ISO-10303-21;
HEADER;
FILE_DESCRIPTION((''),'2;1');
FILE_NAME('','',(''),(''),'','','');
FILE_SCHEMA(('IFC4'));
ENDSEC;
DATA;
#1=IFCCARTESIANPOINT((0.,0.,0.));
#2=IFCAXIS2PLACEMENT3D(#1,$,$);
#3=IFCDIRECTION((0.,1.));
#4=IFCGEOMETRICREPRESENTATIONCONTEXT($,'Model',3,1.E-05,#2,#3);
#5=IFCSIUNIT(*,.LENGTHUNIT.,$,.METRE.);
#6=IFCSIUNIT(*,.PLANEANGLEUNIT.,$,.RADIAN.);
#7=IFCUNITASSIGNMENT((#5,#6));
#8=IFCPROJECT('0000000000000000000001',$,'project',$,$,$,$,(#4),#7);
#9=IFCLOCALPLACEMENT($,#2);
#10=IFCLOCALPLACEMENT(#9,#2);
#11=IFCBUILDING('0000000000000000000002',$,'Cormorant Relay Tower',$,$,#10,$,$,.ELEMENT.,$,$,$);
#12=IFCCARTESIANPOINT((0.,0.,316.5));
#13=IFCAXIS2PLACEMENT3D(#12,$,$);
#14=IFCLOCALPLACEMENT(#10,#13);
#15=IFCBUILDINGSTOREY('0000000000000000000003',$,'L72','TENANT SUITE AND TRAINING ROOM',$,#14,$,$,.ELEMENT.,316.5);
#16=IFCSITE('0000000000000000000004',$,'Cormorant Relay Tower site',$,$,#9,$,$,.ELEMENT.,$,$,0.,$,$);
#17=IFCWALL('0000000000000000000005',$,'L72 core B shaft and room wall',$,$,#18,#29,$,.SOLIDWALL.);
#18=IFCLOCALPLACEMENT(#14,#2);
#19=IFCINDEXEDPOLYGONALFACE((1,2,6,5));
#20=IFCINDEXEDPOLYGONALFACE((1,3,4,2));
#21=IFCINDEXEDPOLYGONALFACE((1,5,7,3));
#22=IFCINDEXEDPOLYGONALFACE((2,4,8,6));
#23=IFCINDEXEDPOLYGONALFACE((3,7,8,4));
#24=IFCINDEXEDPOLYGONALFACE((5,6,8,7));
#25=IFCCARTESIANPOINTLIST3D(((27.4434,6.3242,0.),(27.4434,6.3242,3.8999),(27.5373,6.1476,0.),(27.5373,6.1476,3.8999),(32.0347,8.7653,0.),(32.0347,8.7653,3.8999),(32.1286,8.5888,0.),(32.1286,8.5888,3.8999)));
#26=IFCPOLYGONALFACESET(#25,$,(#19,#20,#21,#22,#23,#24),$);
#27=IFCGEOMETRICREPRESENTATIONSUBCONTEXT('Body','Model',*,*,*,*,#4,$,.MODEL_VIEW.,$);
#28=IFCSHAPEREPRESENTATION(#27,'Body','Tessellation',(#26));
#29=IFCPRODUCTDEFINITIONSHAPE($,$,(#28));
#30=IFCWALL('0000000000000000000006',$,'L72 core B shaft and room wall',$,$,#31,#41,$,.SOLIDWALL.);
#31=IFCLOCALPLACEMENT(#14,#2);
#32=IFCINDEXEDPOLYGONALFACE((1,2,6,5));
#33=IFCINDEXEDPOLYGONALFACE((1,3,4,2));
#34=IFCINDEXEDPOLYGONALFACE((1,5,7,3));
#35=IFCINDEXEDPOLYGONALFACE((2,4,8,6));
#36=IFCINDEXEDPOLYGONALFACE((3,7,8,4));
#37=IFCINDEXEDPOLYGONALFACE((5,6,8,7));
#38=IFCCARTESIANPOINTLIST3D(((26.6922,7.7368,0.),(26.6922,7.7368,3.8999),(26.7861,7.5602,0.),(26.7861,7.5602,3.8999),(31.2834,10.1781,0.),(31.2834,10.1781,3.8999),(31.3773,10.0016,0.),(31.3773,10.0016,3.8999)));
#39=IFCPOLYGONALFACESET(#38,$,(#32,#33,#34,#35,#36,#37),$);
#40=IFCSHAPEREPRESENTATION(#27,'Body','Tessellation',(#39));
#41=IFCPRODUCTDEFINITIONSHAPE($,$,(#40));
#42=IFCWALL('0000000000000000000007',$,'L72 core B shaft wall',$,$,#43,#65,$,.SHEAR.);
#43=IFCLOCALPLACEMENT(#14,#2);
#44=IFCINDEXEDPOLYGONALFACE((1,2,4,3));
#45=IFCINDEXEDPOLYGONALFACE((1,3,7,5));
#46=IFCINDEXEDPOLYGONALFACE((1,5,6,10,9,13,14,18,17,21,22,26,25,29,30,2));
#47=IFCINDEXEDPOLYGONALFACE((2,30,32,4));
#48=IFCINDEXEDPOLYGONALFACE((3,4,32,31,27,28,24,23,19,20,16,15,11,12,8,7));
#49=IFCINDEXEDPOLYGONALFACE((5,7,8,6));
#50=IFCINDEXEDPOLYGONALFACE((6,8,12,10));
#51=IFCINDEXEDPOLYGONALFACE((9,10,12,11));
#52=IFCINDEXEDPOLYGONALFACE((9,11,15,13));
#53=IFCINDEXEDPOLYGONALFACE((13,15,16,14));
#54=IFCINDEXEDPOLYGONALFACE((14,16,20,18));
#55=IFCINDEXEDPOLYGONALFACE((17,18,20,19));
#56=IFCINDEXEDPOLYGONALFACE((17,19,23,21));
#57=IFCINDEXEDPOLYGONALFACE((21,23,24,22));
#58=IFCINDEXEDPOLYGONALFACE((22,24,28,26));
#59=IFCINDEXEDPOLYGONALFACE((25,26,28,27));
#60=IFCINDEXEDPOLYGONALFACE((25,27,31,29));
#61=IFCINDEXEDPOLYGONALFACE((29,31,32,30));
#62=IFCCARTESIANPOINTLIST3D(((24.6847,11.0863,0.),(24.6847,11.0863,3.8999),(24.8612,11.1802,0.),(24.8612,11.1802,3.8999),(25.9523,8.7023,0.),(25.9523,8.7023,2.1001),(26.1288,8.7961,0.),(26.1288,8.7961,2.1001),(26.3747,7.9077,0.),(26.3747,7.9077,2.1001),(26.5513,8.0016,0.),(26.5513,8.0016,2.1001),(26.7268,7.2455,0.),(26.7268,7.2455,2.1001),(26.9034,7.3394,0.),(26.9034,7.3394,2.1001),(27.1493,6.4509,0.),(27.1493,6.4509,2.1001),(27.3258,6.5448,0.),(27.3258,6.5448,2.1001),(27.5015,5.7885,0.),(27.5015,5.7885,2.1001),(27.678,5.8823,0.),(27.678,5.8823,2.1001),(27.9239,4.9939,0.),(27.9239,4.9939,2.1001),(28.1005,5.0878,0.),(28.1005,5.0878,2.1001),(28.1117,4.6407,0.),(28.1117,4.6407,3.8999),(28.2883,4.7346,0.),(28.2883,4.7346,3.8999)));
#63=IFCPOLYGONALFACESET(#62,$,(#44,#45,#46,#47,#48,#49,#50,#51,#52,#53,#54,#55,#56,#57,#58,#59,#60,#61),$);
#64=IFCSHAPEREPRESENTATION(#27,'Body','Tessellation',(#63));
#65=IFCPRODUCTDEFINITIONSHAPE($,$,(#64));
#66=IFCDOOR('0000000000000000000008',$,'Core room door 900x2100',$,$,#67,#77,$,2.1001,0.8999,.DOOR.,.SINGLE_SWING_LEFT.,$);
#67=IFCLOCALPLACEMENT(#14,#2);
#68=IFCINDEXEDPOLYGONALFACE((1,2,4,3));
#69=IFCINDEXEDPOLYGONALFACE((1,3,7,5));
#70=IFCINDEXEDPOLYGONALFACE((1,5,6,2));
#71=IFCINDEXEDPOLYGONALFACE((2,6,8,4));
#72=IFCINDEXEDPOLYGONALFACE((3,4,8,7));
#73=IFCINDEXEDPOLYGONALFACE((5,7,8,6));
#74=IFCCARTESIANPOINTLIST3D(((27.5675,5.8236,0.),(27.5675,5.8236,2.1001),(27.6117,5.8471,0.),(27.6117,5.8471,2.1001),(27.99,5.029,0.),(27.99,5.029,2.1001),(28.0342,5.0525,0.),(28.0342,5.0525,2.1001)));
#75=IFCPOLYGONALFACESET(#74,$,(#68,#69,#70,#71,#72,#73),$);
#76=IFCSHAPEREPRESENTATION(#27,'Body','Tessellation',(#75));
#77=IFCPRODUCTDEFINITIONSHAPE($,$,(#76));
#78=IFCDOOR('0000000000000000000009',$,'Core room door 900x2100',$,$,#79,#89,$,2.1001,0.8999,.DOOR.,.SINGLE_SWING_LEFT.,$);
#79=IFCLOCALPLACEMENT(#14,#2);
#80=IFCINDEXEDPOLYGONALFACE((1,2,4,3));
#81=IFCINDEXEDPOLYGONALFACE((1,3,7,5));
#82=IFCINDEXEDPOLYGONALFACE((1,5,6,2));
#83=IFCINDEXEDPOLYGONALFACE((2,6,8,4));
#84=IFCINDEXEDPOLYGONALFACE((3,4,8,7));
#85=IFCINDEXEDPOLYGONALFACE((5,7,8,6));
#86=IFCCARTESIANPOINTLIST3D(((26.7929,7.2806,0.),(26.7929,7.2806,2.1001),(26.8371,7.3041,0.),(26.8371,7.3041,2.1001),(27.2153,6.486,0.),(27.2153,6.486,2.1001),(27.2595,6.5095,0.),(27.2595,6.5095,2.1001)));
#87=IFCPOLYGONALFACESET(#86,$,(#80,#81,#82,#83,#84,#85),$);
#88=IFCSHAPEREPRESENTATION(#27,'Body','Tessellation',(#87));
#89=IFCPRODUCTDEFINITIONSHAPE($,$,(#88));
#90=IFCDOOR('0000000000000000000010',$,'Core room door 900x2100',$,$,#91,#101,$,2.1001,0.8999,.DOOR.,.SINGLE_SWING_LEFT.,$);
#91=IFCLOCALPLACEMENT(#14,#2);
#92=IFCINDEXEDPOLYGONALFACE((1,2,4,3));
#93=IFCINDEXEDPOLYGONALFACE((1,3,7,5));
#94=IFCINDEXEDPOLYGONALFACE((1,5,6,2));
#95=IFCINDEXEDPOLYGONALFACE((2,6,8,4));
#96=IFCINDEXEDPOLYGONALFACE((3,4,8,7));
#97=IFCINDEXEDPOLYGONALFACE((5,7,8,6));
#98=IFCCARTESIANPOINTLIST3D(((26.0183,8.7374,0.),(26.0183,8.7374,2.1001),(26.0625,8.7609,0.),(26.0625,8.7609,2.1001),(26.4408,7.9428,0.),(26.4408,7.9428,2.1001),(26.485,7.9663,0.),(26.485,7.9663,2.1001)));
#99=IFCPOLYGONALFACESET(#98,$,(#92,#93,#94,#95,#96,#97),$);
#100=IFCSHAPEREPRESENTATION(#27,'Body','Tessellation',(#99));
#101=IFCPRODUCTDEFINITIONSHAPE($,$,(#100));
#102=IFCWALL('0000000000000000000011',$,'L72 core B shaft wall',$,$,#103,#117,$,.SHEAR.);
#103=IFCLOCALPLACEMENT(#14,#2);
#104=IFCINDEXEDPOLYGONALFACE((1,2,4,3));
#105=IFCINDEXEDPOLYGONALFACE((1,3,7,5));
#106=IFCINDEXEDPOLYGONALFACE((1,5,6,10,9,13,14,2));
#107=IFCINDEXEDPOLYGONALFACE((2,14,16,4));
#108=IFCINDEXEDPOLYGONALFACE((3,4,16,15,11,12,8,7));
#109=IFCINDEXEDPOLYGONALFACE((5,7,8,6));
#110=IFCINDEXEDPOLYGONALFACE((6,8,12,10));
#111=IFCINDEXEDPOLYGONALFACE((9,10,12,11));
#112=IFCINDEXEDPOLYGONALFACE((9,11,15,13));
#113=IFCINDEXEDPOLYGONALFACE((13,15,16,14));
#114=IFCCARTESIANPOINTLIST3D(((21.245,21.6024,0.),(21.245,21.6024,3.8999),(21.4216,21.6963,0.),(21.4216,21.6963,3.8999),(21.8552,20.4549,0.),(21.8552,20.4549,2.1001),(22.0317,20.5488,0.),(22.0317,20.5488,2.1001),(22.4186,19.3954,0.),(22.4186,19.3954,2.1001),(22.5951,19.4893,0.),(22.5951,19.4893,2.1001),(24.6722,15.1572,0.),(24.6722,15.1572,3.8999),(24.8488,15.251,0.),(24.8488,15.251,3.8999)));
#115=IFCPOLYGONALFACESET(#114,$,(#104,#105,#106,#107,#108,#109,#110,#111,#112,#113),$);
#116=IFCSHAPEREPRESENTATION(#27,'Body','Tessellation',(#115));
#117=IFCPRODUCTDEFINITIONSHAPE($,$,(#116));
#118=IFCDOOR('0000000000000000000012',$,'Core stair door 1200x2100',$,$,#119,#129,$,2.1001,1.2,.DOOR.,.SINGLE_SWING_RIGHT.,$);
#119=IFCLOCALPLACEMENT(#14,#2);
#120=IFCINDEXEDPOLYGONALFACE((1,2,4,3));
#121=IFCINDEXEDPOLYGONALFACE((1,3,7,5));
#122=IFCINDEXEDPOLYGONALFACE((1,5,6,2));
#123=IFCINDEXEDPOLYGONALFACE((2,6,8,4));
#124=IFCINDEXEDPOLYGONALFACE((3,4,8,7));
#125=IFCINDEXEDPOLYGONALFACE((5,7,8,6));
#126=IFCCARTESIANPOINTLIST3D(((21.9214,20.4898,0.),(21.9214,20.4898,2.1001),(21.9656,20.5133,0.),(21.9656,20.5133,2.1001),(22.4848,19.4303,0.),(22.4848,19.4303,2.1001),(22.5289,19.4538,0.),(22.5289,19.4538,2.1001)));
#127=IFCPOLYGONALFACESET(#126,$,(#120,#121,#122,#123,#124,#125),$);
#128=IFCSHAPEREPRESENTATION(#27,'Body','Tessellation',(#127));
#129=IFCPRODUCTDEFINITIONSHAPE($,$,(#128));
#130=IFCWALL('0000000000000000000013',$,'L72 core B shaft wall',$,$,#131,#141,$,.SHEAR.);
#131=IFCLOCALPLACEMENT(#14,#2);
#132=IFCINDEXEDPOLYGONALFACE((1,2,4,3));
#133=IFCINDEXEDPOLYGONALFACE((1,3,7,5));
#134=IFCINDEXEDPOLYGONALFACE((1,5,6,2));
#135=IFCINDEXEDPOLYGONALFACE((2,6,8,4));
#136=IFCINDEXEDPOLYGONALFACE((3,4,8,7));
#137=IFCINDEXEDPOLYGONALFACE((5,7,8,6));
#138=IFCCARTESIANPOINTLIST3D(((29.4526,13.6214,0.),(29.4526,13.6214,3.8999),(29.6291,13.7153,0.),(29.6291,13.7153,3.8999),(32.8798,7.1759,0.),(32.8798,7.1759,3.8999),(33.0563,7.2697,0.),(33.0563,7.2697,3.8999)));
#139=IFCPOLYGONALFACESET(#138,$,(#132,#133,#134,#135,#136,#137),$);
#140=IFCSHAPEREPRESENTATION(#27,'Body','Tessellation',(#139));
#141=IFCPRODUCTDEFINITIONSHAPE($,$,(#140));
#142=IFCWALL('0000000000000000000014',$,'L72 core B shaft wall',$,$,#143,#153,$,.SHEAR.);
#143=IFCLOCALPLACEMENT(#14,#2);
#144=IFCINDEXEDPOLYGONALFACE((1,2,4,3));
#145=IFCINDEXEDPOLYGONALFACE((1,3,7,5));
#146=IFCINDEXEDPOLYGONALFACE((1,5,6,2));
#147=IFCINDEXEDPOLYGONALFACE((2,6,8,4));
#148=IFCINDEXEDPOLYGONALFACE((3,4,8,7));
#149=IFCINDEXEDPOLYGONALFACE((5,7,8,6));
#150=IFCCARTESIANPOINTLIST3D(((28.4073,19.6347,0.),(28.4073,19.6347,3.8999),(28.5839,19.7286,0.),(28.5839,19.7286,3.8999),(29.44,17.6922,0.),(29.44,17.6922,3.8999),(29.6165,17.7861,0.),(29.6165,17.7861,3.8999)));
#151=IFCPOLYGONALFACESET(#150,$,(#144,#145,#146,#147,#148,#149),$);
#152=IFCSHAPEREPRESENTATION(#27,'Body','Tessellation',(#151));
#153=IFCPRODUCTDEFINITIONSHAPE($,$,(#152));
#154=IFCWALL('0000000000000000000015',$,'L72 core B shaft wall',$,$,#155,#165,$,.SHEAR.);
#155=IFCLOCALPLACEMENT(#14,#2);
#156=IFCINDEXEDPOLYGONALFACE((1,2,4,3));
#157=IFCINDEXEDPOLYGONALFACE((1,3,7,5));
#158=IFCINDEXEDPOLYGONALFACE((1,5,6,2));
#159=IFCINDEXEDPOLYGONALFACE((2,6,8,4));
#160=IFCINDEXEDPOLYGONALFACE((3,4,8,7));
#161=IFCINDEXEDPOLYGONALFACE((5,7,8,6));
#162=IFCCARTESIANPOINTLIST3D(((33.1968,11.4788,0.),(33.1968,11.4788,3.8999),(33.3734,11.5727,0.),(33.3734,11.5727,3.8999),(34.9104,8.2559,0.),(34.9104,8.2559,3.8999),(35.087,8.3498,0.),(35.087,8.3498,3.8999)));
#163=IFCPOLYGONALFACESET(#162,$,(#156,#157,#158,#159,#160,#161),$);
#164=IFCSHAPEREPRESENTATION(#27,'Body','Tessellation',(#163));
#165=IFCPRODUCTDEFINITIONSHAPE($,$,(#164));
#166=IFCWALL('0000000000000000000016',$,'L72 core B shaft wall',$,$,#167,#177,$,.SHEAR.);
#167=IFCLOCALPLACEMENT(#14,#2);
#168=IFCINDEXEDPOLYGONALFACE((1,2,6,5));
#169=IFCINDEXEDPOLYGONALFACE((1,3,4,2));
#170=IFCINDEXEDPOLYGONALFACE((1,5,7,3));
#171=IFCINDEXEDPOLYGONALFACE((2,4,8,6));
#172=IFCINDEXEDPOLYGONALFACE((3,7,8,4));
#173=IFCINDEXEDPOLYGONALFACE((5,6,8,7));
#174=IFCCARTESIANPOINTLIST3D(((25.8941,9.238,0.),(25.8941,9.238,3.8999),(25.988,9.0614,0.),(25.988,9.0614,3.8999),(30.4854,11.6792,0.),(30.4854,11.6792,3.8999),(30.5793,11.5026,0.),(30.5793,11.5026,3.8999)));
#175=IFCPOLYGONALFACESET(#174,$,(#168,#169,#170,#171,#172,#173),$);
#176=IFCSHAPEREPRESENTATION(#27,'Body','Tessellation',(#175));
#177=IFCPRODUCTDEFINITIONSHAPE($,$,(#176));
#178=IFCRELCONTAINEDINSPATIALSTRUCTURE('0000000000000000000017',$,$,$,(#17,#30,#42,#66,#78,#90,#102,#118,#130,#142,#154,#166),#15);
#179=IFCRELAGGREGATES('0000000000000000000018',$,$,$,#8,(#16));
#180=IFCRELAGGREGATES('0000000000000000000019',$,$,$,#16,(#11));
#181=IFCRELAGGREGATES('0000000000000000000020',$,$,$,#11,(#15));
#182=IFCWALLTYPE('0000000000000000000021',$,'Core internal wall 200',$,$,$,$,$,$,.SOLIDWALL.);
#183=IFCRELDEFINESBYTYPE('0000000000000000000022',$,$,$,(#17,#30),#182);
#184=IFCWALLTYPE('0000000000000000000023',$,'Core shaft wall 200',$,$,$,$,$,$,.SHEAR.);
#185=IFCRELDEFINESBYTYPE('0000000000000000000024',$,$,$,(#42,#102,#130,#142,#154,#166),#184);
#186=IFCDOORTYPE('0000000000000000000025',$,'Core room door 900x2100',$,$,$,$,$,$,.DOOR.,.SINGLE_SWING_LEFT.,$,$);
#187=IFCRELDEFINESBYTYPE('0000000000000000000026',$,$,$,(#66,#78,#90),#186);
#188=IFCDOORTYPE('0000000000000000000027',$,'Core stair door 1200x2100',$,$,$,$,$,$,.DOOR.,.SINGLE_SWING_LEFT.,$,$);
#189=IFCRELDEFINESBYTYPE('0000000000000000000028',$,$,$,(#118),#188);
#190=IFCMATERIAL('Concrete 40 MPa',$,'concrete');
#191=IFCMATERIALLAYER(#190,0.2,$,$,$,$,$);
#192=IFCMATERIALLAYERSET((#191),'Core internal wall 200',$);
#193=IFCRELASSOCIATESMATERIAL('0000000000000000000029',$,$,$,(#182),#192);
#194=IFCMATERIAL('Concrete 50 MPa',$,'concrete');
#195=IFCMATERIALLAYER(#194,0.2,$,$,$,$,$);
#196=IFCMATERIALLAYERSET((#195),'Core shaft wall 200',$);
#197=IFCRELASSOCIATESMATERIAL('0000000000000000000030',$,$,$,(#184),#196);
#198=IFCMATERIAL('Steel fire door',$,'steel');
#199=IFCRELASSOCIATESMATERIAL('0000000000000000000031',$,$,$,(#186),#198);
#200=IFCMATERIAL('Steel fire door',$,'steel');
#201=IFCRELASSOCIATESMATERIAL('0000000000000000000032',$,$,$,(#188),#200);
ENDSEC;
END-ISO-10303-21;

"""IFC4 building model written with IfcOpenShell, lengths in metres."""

from ifc_helpers import new_model, si_unit, direction, frame, frame_2d, origin, place, context, subcontext, project, spatial, rectangle, extrude, material, layer, layer_set, type_object, element, fill, save


model = new_model("IFC4")

# Units and contexts
model_context = context("Model", 3, precision=1e-05, world=origin(), true_north=direction((0.0, 1.0)))
body_context = subcontext(model_context, "Body", "Model", "MODEL_VIEW")
ifc_project = project(units=[si_unit("LENGTHUNIT", "METRE"), si_unit("PLANEANGLEUNIT", "RADIAN")], contexts=[model_context])

# Site, building, storey
site_placement = place(None, origin())
site = spatial("IfcSite", under=ifc_project, at=site_placement, Name="Cormorant Relay Tower site", CompositionType="ELEMENT", RefElevation=0.0)
building_placement = place(site_placement, origin())
building = spatial("IfcBuilding", under=site, at=building_placement, Name="Cormorant Relay Tower", CompositionType="ELEMENT")
storey_placement = place(building_placement, frame((0.0, 0.0, 316.5)))
storey = spatial("IfcBuildingStorey", under=building, at=storey_placement, Name="L72", Description="TENANT SUITE AND TRAINING ROOM", CompositionType="ELEMENT", Elevation=316.5)

# Walls
ifc_material_1 = material(Name="Concrete 40 MPa", Category="concrete")
ifc_layer_1 = layer(ifc_material_1, 0.2)
ifc_layer_set_1 = layer_set([ifc_layer_1], Name="Core internal wall 200")
wall_type_1 = type_object("IfcWallType", Name="Core internal wall 200", PredefinedType="SOLIDWALL", material=ifc_layer_set_1)
for number, where, z_axis, x_axis, name in (
    (1, (27.4902, 6.2358, 0.0), (0.0, 0.0, 1.0), (0.882954, 0.46946, 0.0), "L72 core B shaft and room wall"),
    (2, (26.739, 7.6484, 0.0), (0.0, 0.0, 1.0), (0.882935, 0.469496, 0.0), "L72 core B shaft and room wall"),
):
    element("IfcWall", number, at=place(storey_placement, frame(where, z_axis=z_axis, x_axis=x_axis)), inside=storey, type_object=wall_type_1, Name=name, PredefinedType="SOLIDWALL", context=body_context, shape_type="SweptSolid", body=[
        extrude(rectangle(XDim=5.2, YDim=0.2, at=frame_2d((2.6001, 0.0))), origin(), (0.0, 0.0, 1.0), 3.8999),
    ])

# Wall, openings, doors
ifc_material_2 = material(Name="Concrete 50 MPa", Category="concrete")
ifc_layer_2 = layer(ifc_material_2, 0.2)
ifc_layer_set_2 = layer_set([ifc_layer_2], Name="Core shaft wall 200")
wall_type_2 = type_object("IfcWallType", Name="Core shaft wall 200", PredefinedType="SHEAR", material=ifc_layer_set_2)
wall_1_placement = place(storey_placement, frame((28.2, 4.6877, 0.0), z_axis=(0.0, 0.0, 1.0), x_axis=(-0.469454, 0.882957, 0.0)))
wall_1 = element("IfcWall", 3, at=wall_1_placement, inside=storey, type_object=wall_type_2, Name="L72 core B shaft wall", PredefinedType="SHEAR", context=body_context, shape_type="SweptSolid", body=[
    extrude(rectangle(XDim=7.3, YDim=0.2, at=frame_2d((3.6499, 0.0))), origin(), (0.0, 0.0, 1.0), 3.8999),
])
opening_1_placement = place(wall_1_placement, frame((0.3999, 0.0, 0.0)))
opening_1 = element("IfcOpeningElement", 4, at=opening_1_placement, cuts=wall_1, PredefinedType="OPENING", context=body_context, shape_type="SweptSolid", body=[
    extrude(rectangle(XDim=0.8999, YDim=2.1001, at=frame_2d((0.45, 1.05))), frame((0.0, 0.1099, 0.0), z_axis=(0.0, -1.0, 0.0), x_axis=(1.0, 0.0, 0.0)), (0.0, 0.0, 1.0), 0.22),
])
opening_2_placement = place(wall_1_placement, frame((2.05, 0.0, 0.0)))
opening_2 = element("IfcOpeningElement", 5, at=opening_2_placement, cuts=wall_1, PredefinedType="OPENING", context=body_context, shape_type="SweptSolid", body=[
    extrude(rectangle(XDim=0.8999, YDim=2.1001, at=frame_2d((0.45, 1.05))), frame((0.0, 0.1099, 0.0), z_axis=(0.0, -1.0, 0.0), x_axis=(1.0, 0.0, 0.0)), (0.0, 0.0, 1.0), 0.22),
])
opening_3_placement = place(wall_1_placement, frame((3.7, 0.0, 0.0)))
opening_3 = element("IfcOpeningElement", 6, at=opening_3_placement, cuts=wall_1, PredefinedType="OPENING", context=body_context, shape_type="SweptSolid", body=[
    extrude(rectangle(XDim=0.8999, YDim=2.1001, at=frame_2d((0.45, 1.05))), frame((0.0, 0.1099, 0.0), z_axis=(0.0, -1.0, 0.0), x_axis=(1.0, 0.0, 0.0)), (0.0, 0.0, 1.0), 0.22),
])
ifc_material_3 = material(Name="Steel fire door", Category="steel")
door_type_1 = type_object("IfcDoorType", Name="Core room door 900x2100", OperationType="SINGLE_SWING_LEFT", PredefinedType="DOOR", material=ifc_material_3)
door_1_placement = place(opening_1_placement, frame((0.8999, 0.0, 0.0), z_axis=(0.0, 0.0, 1.0), x_axis=(-1.0, 0.0, 0.0)))
door_1 = element("IfcDoor", 7, at=door_1_placement, inside=storey, type_object=door_type_1, Name="Core room door 900x2100", OperationType="SINGLE_SWING_LEFT", OverallHeight=2.1001, OverallWidth=0.8999, PredefinedType="DOOR", context=body_context, shape_type="SweptSolid", body=[
    extrude(rectangle(XDim=0.8999, YDim=2.1001, at=frame_2d((0.45, 1.05))), frame((0.0, 0.0249, 0.0), z_axis=(0.0, -1.0, 0.0), x_axis=(1.0, 0.0, 0.0)), (0.0, 0.0, 1.0), 0.05),
])
fill(opening_1, door_1)
door_2_placement = place(opening_2_placement, frame((0.8999, 0.0, 0.0), z_axis=(0.0, 0.0, 1.0), x_axis=(-1.0, 0.0, 0.0)))
door_2 = element("IfcDoor", 8, at=door_2_placement, inside=storey, type_object=door_type_1, Name="Core room door 900x2100", OperationType="SINGLE_SWING_LEFT", OverallHeight=2.1001, OverallWidth=0.8999, PredefinedType="DOOR", context=body_context, shape_type="SweptSolid", body=[
    extrude(rectangle(XDim=0.8999, YDim=2.1001, at=frame_2d((0.45, 1.05))), frame((0.0, 0.0249, 0.0), z_axis=(0.0, -1.0, 0.0), x_axis=(1.0, 0.0, 0.0)), (0.0, 0.0, 1.0), 0.05),
])
fill(opening_2, door_2)
door_3_placement = place(opening_3_placement, frame((0.8999, 0.0, 0.0), z_axis=(0.0, 0.0, 1.0), x_axis=(-1.0, 0.0, 0.0)))
door_3 = element("IfcDoor", 9, at=door_3_placement, inside=storey, type_object=door_type_1, Name="Core room door 900x2100", OperationType="SINGLE_SWING_LEFT", OverallHeight=2.1001, OverallWidth=0.8999, PredefinedType="DOOR", context=body_context, shape_type="SweptSolid", body=[
    extrude(rectangle(XDim=0.8999, YDim=2.1001, at=frame_2d((0.45, 1.05))), frame((0.0, 0.0249, 0.0), z_axis=(0.0, -1.0, 0.0), x_axis=(1.0, 0.0, 0.0)), (0.0, 0.0, 1.0), 0.05),
])
fill(opening_3, door_3)

# Wall, opening, door
wall_2_placement = place(storey_placement, frame((24.7605, 15.2041, 0.0), z_axis=(0.0, 0.0, 1.0), x_axis=(-0.469494, 0.882936, 0.0)))
wall_2 = element("IfcWall", 10, at=wall_2_placement, inside=storey, type_object=wall_type_2, Name="L72 core B shaft wall", PredefinedType="SHEAR", context=body_context, shape_type="SweptSolid", body=[
    extrude(rectangle(XDim=7.2998, YDim=0.2, at=frame_2d((3.6499, 0.0))), origin(), (0.0, 0.0, 1.0), 3.8999),
])
opening_4_placement = place(wall_2_placement, frame((4.8, 0.0, 0.0)))
opening_4 = element("IfcOpeningElement", 11, at=opening_4_placement, cuts=wall_2, PredefinedType="OPENING", context=body_context, shape_type="SweptSolid", body=[
    extrude(rectangle(XDim=1.2, YDim=2.1001, at=frame_2d((0.6001, 1.05))), frame((0.0, 0.1099, 0.0), z_axis=(0.0, -1.0, 0.0), x_axis=(1.0, 0.0, 0.0)), (0.0, 0.0, 1.0), 0.22),
])
ifc_material_4 = material(Name="Steel fire door", Category="steel")
door_type_2 = type_object("IfcDoorType", Name="Core stair door 1200x2100", OperationType="SINGLE_SWING_LEFT", PredefinedType="DOOR", material=ifc_material_4)
door_4_placement = place(opening_4_placement, frame((1.2, 0.0, 0.0), z_axis=(0.0, 0.0, 1.0), x_axis=(-1.0, 0.0, 0.0)))
door_4 = element("IfcDoor", 12, at=door_4_placement, inside=storey, type_object=door_type_2, Name="Core stair door 1200x2100", OperationType="SINGLE_SWING_RIGHT", OverallHeight=2.1001, OverallWidth=1.2, PredefinedType="DOOR", context=body_context, shape_type="SweptSolid", body=[
    extrude(rectangle(XDim=1.2, YDim=2.1001, at=frame_2d((0.6001, 1.05))), frame((0.0, 0.0249, 0.0), z_axis=(0.0, -1.0, 0.0), x_axis=(1.0, 0.0, 0.0)), (0.0, 0.0, 1.0), 0.05),
])
fill(opening_4, door_4)

# Walls
wall_3_placement = place(storey_placement, frame((32.968, 7.2229, 0.0), z_axis=(0.0, 0.0, 1.0), x_axis=(-0.46948, 0.882943, 0.0)))
element("IfcWall", 13, at=wall_3_placement, inside=storey, type_object=wall_type_2, Name="L72 core B shaft wall", PredefinedType="SHEAR", context=body_context, shape_type="SweptSolid", body=[
    extrude(rectangle(XDim=7.3, YDim=0.2, at=frame_2d((3.6499, 0.0))), origin(), (0.0, 0.0, 1.0), 3.8999),
])
wall_4_placement = place(storey_placement, frame((29.5283, 17.739, 0.0), z_axis=(0.0, 0.0, 1.0), x_axis=(-0.469401, 0.882985, 0.0)))
element("IfcWall", 14, at=wall_4_placement, inside=storey, type_object=wall_type_2, Name="L72 core B shaft wall", PredefinedType="SHEAR", context=body_context, shape_type="SweptSolid", body=[
    extrude(rectangle(XDim=2.2, YDim=0.2, at=frame_2d((1.1001, 0.0))), origin(), (0.0, 0.0, 1.0), 3.8999),
])
wall_5_placement = place(storey_placement, frame((34.9988, 8.3027, 0.0), z_axis=(0.0, 0.0, 1.0), x_axis=(-0.469467, 0.88295, 0.0)))
element("IfcWall", 15, at=wall_5_placement, inside=storey, type_object=wall_type_2, Name="L72 core B shaft wall", PredefinedType="SHEAR", context=body_context, shape_type="SweptSolid", body=[
    extrude(rectangle(XDim=3.6501, YDim=0.2, at=frame_2d((1.8252, 0.0))), origin(), (0.0, 0.0, 1.0), 3.8999),
])

# Wall
wall_6_placement = place(storey_placement, frame((25.9409, 9.1497, 0.0), z_axis=(0.0, 0.0, 1.0), x_axis=(0.882954, 0.46946, 0.0)))
element("IfcWall", 16, at=wall_6_placement, inside=storey, type_object=wall_type_2, Name="L72 core B shaft wall", PredefinedType="SHEAR", context=body_context, shape_type="SweptSolid", body=[
    extrude(rectangle(XDim=5.2, YDim=0.2, at=frame_2d((2.6001, 0.0))), origin(), (0.0, 0.0, 1.0), 3.8999),
])

save(model, "model.ifc")
